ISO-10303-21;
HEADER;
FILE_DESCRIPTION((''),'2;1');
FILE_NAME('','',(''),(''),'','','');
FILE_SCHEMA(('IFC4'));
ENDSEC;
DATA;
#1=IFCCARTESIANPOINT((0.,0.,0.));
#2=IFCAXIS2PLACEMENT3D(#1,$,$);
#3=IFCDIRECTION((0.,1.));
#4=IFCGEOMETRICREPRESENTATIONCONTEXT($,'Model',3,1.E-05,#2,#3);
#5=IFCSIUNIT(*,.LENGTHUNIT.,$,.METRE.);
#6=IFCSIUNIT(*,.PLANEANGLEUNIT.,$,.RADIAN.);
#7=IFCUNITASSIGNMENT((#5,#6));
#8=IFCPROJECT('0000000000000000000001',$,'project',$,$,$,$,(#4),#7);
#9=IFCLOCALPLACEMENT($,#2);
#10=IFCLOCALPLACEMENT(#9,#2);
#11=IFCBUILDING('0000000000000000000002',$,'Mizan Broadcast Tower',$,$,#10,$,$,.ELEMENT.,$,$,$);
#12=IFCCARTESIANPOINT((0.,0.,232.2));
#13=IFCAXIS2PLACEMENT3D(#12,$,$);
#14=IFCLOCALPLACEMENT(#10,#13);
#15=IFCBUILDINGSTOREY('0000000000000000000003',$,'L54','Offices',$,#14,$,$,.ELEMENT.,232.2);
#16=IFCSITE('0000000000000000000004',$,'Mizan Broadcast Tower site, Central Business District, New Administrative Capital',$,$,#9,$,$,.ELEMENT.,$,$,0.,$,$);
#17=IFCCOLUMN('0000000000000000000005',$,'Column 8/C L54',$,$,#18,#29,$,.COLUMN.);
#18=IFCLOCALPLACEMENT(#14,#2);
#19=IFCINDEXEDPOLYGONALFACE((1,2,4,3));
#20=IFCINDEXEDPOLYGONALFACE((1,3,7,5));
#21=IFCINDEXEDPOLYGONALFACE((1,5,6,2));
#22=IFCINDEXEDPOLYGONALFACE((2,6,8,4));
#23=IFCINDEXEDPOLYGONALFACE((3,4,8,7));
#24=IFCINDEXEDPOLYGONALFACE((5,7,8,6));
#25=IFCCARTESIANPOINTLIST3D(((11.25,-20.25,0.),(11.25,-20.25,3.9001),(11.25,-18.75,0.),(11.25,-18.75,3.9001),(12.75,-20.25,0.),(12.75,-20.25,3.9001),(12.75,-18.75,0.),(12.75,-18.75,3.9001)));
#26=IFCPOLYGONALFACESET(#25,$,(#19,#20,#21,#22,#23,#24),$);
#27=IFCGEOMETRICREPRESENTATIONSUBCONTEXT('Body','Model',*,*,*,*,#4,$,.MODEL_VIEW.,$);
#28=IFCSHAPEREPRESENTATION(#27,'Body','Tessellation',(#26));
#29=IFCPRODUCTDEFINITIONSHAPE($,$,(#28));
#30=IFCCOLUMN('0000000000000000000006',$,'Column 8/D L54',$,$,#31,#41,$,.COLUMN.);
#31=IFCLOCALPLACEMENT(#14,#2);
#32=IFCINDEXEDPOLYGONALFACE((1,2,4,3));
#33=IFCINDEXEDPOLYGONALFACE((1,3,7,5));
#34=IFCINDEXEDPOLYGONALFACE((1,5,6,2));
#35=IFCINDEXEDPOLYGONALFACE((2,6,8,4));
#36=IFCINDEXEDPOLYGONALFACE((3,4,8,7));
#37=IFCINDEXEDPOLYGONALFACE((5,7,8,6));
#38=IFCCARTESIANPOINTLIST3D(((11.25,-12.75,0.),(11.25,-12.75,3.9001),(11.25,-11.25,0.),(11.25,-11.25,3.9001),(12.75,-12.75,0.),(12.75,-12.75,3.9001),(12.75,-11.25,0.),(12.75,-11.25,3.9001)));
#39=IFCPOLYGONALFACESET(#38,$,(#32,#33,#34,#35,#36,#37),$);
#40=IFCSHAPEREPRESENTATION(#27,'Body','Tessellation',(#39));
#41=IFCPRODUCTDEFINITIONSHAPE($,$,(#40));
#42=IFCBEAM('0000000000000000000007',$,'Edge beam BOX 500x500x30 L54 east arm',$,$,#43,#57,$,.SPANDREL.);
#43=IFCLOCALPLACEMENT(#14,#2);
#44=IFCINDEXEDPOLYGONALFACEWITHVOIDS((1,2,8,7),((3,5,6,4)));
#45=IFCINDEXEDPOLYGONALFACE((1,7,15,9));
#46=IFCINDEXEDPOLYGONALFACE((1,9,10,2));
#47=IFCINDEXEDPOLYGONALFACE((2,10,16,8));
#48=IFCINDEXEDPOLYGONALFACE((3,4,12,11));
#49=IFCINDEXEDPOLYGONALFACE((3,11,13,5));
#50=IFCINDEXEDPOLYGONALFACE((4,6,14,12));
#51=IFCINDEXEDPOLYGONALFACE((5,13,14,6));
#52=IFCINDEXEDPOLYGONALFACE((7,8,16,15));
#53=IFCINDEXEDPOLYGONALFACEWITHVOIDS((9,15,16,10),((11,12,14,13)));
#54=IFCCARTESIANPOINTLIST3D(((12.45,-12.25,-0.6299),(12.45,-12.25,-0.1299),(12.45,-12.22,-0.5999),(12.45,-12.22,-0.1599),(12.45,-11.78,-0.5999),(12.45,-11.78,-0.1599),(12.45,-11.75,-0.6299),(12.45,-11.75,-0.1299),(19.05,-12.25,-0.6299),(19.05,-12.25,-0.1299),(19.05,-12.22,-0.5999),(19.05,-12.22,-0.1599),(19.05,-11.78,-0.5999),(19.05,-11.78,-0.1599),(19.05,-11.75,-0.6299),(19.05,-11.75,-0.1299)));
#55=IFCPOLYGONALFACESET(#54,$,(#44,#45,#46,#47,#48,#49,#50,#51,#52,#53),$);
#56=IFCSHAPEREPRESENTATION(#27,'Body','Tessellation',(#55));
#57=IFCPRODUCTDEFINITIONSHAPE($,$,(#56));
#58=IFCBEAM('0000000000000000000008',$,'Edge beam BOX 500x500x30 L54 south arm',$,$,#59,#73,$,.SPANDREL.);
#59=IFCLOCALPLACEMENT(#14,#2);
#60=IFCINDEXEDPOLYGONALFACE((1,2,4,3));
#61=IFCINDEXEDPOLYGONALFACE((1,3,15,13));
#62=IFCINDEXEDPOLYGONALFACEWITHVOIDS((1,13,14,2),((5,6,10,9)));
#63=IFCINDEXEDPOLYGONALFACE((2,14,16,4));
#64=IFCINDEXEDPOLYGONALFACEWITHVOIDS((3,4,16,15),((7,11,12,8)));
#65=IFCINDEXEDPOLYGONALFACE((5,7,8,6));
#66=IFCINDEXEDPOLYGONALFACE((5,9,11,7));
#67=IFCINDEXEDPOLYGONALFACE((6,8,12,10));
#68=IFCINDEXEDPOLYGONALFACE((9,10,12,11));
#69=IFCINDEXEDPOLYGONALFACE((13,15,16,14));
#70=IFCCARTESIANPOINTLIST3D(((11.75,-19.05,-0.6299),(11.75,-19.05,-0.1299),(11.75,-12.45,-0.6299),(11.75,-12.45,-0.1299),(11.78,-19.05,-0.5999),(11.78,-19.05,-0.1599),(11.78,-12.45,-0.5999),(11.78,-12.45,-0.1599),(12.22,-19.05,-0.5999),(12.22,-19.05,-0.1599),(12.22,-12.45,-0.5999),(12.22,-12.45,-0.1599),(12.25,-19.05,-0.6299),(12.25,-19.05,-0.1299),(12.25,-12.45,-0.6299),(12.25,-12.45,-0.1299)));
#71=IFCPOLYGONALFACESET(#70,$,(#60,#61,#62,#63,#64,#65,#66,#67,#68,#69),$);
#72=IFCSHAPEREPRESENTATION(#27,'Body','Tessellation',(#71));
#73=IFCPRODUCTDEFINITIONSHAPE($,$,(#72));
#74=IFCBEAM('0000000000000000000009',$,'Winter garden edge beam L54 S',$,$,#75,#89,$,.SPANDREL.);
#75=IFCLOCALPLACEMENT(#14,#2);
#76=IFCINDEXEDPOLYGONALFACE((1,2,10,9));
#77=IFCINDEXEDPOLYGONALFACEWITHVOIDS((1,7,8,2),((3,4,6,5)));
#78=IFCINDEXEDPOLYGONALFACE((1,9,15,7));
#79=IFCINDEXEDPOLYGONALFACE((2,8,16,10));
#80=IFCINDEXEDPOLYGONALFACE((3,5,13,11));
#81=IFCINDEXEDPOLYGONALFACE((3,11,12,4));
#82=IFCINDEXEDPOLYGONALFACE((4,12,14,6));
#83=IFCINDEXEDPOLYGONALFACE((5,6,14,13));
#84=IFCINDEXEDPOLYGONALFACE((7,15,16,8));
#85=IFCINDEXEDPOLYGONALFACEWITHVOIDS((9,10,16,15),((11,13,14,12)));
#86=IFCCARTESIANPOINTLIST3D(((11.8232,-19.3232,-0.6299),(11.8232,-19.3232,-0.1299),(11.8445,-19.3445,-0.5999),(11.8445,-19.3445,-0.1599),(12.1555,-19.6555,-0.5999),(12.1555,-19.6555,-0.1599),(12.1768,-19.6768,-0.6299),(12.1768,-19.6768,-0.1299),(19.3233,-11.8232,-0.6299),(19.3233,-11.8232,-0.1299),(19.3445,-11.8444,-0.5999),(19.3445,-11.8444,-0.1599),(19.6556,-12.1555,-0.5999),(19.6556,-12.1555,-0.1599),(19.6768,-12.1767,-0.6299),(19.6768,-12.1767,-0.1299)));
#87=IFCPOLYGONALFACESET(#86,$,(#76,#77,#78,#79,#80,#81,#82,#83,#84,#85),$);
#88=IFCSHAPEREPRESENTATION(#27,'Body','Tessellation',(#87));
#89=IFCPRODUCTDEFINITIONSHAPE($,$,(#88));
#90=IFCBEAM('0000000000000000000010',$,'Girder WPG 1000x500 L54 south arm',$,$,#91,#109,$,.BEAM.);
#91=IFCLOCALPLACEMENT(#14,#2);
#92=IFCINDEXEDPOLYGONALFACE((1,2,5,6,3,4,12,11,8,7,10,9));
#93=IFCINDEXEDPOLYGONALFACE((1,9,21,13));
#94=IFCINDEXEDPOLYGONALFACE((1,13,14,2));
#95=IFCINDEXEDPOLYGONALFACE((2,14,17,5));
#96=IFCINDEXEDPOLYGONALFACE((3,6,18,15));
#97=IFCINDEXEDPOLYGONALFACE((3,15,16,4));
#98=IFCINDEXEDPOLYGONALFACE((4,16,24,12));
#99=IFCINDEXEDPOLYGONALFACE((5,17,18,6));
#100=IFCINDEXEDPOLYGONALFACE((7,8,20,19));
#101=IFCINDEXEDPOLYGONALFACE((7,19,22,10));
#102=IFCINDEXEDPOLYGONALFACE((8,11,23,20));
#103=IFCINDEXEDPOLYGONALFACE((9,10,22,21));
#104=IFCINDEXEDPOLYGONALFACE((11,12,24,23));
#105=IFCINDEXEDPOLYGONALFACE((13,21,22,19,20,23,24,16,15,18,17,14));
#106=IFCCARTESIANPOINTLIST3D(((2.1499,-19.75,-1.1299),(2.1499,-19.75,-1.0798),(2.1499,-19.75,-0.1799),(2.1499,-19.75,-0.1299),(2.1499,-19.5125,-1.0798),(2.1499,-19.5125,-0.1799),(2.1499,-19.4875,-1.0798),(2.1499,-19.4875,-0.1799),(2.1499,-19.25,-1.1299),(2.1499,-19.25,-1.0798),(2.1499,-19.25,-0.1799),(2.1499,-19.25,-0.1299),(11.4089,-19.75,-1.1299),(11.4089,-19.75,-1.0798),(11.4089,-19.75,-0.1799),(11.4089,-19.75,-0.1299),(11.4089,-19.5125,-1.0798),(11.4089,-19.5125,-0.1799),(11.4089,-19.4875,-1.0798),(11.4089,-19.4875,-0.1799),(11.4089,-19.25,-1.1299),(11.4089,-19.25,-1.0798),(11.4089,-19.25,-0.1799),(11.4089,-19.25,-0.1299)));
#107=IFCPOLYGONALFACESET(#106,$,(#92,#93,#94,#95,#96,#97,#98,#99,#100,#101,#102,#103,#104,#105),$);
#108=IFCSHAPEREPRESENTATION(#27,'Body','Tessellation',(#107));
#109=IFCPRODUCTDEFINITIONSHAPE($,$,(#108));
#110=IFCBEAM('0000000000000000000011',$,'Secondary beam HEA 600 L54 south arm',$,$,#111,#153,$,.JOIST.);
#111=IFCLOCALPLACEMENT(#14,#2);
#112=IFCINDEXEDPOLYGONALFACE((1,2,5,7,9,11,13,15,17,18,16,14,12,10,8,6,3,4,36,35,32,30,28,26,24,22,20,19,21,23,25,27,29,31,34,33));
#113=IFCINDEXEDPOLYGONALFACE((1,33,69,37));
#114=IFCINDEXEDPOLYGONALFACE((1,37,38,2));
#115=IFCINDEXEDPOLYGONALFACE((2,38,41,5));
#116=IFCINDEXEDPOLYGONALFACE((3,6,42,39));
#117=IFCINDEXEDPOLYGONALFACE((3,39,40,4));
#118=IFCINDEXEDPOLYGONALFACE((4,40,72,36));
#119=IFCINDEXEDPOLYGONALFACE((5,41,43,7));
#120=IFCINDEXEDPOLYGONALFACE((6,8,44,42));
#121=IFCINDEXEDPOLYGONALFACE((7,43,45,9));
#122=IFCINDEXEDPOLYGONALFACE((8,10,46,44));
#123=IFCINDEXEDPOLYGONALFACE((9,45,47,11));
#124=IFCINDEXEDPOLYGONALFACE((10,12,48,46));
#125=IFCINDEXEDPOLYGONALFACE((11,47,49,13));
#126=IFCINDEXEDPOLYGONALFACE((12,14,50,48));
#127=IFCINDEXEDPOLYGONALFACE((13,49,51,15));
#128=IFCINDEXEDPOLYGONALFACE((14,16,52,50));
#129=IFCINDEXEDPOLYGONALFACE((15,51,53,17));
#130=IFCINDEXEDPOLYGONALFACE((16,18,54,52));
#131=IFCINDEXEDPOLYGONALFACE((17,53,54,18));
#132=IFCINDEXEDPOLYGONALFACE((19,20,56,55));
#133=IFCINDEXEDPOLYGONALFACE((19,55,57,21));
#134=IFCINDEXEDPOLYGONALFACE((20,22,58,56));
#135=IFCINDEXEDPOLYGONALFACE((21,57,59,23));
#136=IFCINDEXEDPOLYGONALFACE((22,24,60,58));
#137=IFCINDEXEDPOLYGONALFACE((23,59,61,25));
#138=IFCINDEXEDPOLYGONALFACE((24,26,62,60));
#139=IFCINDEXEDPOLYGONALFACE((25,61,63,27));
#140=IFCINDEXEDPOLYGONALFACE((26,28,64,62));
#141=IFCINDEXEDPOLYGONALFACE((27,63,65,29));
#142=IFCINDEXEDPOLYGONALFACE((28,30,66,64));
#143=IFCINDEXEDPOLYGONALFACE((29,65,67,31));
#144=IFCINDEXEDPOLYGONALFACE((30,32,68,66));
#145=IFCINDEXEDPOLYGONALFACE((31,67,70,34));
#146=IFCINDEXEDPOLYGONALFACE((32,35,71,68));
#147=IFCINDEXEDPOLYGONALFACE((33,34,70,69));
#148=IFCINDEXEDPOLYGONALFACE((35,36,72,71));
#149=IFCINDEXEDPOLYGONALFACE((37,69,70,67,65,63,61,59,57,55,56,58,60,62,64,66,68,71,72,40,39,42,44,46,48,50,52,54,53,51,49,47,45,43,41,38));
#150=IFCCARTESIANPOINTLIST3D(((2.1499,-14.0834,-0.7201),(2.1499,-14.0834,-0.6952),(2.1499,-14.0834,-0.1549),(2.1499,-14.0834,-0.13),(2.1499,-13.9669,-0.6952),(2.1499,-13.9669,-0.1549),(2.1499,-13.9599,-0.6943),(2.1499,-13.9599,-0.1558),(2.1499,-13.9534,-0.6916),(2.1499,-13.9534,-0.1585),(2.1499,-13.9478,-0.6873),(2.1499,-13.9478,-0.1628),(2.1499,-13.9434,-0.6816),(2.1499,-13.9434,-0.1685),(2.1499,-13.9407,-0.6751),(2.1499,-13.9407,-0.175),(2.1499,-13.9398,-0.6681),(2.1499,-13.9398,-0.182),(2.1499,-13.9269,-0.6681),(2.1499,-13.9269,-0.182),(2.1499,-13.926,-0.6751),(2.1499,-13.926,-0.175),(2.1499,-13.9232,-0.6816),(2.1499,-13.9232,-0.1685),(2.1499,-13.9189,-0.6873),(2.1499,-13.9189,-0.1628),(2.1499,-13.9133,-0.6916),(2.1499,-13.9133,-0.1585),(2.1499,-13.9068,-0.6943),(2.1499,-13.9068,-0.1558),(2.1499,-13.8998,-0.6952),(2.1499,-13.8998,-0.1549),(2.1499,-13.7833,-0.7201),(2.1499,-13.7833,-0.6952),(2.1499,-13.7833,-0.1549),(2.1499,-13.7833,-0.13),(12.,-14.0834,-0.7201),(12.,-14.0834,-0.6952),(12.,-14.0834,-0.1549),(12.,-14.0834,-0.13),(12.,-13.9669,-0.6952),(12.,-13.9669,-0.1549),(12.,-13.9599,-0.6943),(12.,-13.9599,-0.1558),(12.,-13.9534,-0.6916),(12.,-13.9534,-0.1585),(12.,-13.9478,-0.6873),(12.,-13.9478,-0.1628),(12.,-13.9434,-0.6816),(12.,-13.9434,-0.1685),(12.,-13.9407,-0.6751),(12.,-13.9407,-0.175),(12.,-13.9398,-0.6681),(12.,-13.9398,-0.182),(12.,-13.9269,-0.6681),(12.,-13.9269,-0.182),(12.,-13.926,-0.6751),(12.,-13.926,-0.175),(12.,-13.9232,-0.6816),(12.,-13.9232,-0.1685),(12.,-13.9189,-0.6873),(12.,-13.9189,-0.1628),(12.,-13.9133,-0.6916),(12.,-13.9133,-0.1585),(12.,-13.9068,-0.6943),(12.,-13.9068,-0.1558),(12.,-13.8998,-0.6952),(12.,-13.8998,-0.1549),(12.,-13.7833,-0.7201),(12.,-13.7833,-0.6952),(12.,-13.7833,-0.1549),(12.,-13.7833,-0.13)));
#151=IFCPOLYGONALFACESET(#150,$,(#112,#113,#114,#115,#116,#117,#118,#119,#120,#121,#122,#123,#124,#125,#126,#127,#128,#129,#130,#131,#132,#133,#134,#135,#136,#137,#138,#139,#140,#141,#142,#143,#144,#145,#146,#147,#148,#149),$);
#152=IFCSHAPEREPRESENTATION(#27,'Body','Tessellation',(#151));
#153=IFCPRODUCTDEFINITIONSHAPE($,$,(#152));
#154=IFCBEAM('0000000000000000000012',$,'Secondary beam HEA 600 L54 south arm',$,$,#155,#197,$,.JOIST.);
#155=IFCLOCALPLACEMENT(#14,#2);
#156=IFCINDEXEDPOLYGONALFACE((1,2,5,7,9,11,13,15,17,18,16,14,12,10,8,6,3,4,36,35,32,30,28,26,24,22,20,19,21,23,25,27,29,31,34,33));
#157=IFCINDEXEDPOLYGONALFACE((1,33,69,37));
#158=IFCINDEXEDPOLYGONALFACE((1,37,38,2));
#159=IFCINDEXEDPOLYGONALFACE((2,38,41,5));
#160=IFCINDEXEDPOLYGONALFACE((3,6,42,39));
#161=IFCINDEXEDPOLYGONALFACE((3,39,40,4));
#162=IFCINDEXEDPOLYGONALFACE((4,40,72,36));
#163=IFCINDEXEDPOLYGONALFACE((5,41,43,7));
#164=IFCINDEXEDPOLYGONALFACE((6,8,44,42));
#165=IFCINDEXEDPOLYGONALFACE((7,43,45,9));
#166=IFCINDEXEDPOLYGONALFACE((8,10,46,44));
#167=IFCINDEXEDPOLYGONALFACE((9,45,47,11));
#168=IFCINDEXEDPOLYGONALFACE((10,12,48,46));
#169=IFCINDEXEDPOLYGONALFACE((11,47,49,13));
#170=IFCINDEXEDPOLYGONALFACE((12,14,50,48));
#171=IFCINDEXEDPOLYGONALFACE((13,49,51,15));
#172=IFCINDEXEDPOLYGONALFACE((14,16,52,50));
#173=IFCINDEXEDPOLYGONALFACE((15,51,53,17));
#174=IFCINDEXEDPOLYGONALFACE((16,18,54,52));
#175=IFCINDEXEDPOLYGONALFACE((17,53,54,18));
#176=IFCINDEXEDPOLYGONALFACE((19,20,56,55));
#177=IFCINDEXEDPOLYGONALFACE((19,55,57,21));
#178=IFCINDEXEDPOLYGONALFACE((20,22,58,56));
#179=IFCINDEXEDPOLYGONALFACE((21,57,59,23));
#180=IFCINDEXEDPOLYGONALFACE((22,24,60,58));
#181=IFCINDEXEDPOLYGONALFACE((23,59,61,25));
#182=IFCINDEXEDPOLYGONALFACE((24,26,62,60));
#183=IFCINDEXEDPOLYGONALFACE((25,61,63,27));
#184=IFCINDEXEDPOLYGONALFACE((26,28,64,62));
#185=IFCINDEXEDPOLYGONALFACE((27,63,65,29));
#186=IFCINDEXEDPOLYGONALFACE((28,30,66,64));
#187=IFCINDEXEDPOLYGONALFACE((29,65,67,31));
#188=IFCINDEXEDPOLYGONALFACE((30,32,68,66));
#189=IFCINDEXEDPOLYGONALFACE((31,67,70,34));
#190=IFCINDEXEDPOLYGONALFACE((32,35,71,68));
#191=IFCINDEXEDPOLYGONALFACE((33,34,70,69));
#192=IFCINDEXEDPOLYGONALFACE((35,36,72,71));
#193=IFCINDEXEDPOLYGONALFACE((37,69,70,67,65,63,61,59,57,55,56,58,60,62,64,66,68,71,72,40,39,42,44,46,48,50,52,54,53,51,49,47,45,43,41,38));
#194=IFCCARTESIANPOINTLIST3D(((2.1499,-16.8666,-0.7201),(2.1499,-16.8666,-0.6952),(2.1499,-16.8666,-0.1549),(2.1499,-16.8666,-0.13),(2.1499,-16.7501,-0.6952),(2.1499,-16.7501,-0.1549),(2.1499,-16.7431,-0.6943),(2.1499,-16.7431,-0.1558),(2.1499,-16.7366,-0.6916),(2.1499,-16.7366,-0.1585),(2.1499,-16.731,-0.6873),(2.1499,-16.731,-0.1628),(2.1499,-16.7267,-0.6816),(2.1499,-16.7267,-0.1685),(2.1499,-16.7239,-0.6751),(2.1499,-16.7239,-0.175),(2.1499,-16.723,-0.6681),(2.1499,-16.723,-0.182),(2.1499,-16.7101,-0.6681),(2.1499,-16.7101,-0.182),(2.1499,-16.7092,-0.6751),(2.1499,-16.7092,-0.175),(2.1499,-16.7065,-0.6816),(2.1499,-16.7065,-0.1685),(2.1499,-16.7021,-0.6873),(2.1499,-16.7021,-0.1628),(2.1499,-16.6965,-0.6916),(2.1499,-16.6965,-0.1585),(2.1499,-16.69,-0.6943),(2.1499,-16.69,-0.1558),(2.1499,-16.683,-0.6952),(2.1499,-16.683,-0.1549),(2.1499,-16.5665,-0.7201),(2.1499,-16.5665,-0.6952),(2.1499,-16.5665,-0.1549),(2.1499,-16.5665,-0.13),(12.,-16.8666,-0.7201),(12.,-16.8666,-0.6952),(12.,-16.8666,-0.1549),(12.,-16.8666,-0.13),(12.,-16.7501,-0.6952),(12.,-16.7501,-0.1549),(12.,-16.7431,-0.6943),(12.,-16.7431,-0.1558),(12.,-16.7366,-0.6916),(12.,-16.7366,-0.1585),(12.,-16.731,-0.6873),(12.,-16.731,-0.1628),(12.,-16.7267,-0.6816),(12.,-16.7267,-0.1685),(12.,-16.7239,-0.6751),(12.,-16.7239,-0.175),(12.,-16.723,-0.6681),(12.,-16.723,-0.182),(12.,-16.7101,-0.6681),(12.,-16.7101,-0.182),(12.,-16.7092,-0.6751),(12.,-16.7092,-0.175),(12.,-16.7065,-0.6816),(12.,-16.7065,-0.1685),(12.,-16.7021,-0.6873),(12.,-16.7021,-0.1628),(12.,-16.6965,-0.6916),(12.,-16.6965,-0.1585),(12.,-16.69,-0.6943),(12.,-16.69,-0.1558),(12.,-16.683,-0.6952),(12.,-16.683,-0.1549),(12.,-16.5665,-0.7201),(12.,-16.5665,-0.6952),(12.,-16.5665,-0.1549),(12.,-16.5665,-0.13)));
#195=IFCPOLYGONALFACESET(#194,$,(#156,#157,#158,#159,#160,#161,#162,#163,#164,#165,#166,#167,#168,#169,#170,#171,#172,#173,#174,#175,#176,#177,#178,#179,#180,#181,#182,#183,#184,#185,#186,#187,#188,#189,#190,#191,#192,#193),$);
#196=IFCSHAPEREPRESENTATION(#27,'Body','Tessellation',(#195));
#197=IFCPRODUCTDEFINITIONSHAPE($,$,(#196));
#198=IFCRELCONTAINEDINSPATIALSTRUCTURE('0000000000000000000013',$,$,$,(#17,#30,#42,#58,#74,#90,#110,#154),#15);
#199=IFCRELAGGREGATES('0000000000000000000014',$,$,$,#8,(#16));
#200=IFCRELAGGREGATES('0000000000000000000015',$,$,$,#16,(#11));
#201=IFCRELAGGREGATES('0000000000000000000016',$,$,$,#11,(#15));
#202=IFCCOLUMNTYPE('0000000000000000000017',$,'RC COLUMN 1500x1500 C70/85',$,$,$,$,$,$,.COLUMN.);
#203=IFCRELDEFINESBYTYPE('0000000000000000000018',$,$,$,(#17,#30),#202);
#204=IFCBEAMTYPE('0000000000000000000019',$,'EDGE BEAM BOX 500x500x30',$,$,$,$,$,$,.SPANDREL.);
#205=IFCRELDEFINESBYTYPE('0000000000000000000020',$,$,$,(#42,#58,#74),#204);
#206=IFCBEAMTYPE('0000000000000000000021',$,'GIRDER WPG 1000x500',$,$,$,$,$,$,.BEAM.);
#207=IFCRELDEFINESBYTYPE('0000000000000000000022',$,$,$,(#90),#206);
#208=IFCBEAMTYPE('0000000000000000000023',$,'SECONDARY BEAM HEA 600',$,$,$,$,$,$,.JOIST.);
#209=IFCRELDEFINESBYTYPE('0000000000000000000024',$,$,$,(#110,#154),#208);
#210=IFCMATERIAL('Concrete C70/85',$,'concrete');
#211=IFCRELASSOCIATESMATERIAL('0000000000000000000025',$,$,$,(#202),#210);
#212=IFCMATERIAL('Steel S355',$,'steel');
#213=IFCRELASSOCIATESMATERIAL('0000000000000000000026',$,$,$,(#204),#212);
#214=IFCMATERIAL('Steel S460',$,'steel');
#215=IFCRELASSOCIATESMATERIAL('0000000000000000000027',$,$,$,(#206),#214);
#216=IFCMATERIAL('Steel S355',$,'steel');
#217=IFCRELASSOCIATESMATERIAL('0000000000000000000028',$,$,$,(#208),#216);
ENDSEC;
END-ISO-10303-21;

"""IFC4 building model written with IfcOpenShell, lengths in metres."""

from ifc_helpers import new_model, si_unit, direction, frame, origin, origin_2d, place, context, subcontext, project, spatial, rectangle, hollow_rectangle, i_section, extrude, material, material_profile, profile_set, type_object, element, save


model = new_model("IFC4")

# Units and contexts
model_context = context("Model", 3, precision=1e-05, world=origin(), true_north=direction((0.0, 1.0)))
body_context = subcontext(model_context, "Body", "Model", "MODEL_VIEW")
ifc_project = project(units=[si_unit("LENGTHUNIT", "METRE"), si_unit("PLANEANGLEUNIT", "RADIAN")], contexts=[model_context])

# Site, building, storey
site_placement = place(None, origin())
site = spatial("IfcSite", under=ifc_project, at=site_placement, Name="Mizan Broadcast Tower site, Central Business District, New Administrative Capital", CompositionType="ELEMENT", RefElevation=0.0)
building_placement = place(site_placement, origin())
building = spatial("IfcBuilding", under=site, at=building_placement, Name="Mizan Broadcast Tower", CompositionType="ELEMENT")
storey_placement = place(building_placement, frame((0.0, 0.0, 232.2)))
storey = spatial("IfcBuildingStorey", under=building, at=storey_placement, Name="L54", Description="Offices", CompositionType="ELEMENT", Elevation=232.2)

# Columns
ifc_material_1 = material(Name="Concrete C70/85", Category="concrete")
ifc_material_profile_1 = material_profile(ifc_material_1, rectangle(XDim=1.5, YDim=1.5, at=origin_2d()), Name="RC 1500x1500")
ifc_profile_set_1 = profile_set([ifc_material_profile_1], Name="Concrete C70/85")
column_type = type_object("IfcColumnType", Name="RC COLUMN 1500x1500 C70/85", PredefinedType="COLUMN", material=ifc_profile_set_1)
for number, where, z_axis, x_axis, name in (
    (1, (12.0, -19.5, 0.0), (0.0, 0.0, 1.0), (1.0, 0.0, 0.0), "Column 8/C L54"),
    (2, (12.0, -12.0, 0.0), (0.0, 0.0, 1.0), (1.0, 0.0, 0.0), "Column 8/D L54"),
):
    element("IfcColumn", number, at=place(storey_placement, frame(where, z_axis=z_axis, x_axis=x_axis)), inside=storey, type_object=column_type, Name=name, PredefinedType="COLUMN", context=body_context, shape_type="SweptSolid", body=[
        extrude(rectangle(XDim=1.5, YDim=1.5, at=origin_2d()), origin(), (0.0, 0.0, 1.0), 3.9001),
    ])

# Beams
ifc_material_2 = material(Name="Steel S355", Category="steel")
ifc_material_profile_2 = material_profile(ifc_material_2, hollow_rectangle(XDim=0.5, YDim=0.5, WallThickness=0.03, at=origin_2d()), Name="BOX 500x500x30")
ifc_profile_set_2 = profile_set([ifc_material_profile_2], Name="Steel S355")
beam_type_1 = type_object("IfcBeamType", Name="EDGE BEAM BOX 500x500x30", PredefinedType="SPANDREL", material=ifc_profile_set_2)
for number, where, z_axis, x_axis, name in (
    (3, (12.45, -12.0, -0.3799), (1.0, 0.0, 0.0), (0.0, 1.0, 0.0), "Edge beam BOX 500x500x30 L54 east arm"),
    (4, (12.0, -12.45, -0.3799), (0.0, -1.0, 0.0), (1.0, 0.0, 0.0), "Edge beam BOX 500x500x30 L54 south arm"),
):
    element("IfcBeam", number, at=place(storey_placement, frame(where, z_axis=z_axis, x_axis=x_axis)), inside=storey, type_object=beam_type_1, Name=name, PredefinedType="SPANDREL", context=body_context, shape_type="SweptSolid", body=[
        extrude(hollow_rectangle(XDim=0.5, YDim=0.5, WallThickness=0.03, at=origin_2d()), origin(), (0.0, 0.0, 1.0), 6.6001),
    ])
beam_1_placement = place(storey_placement, frame((12.0, -19.5, -0.3799), z_axis=(0.707107, 0.707107, 0.0), x_axis=(-0.707107, 0.707107, 0.0)))
element("IfcBeam", 5, at=beam_1_placement, inside=storey, type_object=beam_type_1, Name="Winter garden edge beam L54 S", PredefinedType="SPANDREL", context=body_context, shape_type="SweptSolid", body=[
    extrude(hollow_rectangle(XDim=0.5, YDim=0.5, WallThickness=0.03, at=origin_2d()), origin(), (0.0, 0.0, 1.0), 10.6067),
])
ifc_material_3 = material(Name="Steel S460", Category="steel")
ifc_material_profile_3 = material_profile(ifc_material_3, i_section(OverallWidth=0.5, OverallDepth=1.0, WebThickness=0.0249, FlangeThickness=0.05, at=origin_2d()), Name="WPG 1000x500")
ifc_profile_set_3 = profile_set([ifc_material_profile_3], Name="Steel S460")
beam_type_2 = type_object("IfcBeamType", Name="GIRDER WPG 1000x500", PredefinedType="BEAM", material=ifc_profile_set_3)
beam_2_placement = place(storey_placement, frame((11.4089, -19.5, -0.6299), z_axis=(-1.0, 0.0, 0.0), x_axis=(0.0, -1.0, 0.0)))
element("IfcBeam", 6, at=beam_2_placement, inside=storey, type_object=beam_type_2, Name="Girder WPG 1000x500 L54 south arm", PredefinedType="BEAM", context=body_context, shape_type="SweptSolid", body=[
    extrude(i_section(OverallWidth=0.5, OverallDepth=1.0, WebThickness=0.0249, FlangeThickness=0.05, at=origin_2d()), origin(), (0.0, 0.0, 1.0), 9.259),
])
ifc_material_4 = material(Name="Steel S355", Category="steel")
ifc_material_profile_4 = material_profile(ifc_material_4, i_section(OverallWidth=0.3, OverallDepth=0.5901, WebThickness=0.0129, FlangeThickness=0.0249, FilletRadius=0.0271, at=origin_2d()), Name="HEA 600")
ifc_profile_set_4 = profile_set([ifc_material_profile_4], Name="Steel S355")
beam_type_3 = type_object("IfcBeamType", Name="SECONDARY BEAM HEA 600", PredefinedType="JOIST", material=ifc_profile_set_4)
for number, where, z_axis, x_axis, name in (
    (7, (12.0, -13.9333, -0.425), (-1.0, 0.0, 0.0), (0.0, -1.0, 0.0), "Secondary beam HEA 600 L54 south arm"),
    (8, (12.0, -16.7166, -0.425), (-1.0, 0.0, 0.0), (0.0, -1.0, 0.0), "Secondary beam HEA 600 L54 south arm"),
):
    element("IfcBeam", number, at=place(storey_placement, frame(where, z_axis=z_axis, x_axis=x_axis)), inside=storey, type_object=beam_type_3, Name=name, PredefinedType="JOIST", context=body_context, shape_type="SweptSolid", body=[
        extrude(i_section(OverallWidth=0.3, OverallDepth=0.5901, WebThickness=0.0129, FlangeThickness=0.0249, FilletRadius=0.0271, at=origin_2d()), origin(), (0.0, 0.0, 1.0), 9.8501),
    ])

save(model, "model.ifc")
